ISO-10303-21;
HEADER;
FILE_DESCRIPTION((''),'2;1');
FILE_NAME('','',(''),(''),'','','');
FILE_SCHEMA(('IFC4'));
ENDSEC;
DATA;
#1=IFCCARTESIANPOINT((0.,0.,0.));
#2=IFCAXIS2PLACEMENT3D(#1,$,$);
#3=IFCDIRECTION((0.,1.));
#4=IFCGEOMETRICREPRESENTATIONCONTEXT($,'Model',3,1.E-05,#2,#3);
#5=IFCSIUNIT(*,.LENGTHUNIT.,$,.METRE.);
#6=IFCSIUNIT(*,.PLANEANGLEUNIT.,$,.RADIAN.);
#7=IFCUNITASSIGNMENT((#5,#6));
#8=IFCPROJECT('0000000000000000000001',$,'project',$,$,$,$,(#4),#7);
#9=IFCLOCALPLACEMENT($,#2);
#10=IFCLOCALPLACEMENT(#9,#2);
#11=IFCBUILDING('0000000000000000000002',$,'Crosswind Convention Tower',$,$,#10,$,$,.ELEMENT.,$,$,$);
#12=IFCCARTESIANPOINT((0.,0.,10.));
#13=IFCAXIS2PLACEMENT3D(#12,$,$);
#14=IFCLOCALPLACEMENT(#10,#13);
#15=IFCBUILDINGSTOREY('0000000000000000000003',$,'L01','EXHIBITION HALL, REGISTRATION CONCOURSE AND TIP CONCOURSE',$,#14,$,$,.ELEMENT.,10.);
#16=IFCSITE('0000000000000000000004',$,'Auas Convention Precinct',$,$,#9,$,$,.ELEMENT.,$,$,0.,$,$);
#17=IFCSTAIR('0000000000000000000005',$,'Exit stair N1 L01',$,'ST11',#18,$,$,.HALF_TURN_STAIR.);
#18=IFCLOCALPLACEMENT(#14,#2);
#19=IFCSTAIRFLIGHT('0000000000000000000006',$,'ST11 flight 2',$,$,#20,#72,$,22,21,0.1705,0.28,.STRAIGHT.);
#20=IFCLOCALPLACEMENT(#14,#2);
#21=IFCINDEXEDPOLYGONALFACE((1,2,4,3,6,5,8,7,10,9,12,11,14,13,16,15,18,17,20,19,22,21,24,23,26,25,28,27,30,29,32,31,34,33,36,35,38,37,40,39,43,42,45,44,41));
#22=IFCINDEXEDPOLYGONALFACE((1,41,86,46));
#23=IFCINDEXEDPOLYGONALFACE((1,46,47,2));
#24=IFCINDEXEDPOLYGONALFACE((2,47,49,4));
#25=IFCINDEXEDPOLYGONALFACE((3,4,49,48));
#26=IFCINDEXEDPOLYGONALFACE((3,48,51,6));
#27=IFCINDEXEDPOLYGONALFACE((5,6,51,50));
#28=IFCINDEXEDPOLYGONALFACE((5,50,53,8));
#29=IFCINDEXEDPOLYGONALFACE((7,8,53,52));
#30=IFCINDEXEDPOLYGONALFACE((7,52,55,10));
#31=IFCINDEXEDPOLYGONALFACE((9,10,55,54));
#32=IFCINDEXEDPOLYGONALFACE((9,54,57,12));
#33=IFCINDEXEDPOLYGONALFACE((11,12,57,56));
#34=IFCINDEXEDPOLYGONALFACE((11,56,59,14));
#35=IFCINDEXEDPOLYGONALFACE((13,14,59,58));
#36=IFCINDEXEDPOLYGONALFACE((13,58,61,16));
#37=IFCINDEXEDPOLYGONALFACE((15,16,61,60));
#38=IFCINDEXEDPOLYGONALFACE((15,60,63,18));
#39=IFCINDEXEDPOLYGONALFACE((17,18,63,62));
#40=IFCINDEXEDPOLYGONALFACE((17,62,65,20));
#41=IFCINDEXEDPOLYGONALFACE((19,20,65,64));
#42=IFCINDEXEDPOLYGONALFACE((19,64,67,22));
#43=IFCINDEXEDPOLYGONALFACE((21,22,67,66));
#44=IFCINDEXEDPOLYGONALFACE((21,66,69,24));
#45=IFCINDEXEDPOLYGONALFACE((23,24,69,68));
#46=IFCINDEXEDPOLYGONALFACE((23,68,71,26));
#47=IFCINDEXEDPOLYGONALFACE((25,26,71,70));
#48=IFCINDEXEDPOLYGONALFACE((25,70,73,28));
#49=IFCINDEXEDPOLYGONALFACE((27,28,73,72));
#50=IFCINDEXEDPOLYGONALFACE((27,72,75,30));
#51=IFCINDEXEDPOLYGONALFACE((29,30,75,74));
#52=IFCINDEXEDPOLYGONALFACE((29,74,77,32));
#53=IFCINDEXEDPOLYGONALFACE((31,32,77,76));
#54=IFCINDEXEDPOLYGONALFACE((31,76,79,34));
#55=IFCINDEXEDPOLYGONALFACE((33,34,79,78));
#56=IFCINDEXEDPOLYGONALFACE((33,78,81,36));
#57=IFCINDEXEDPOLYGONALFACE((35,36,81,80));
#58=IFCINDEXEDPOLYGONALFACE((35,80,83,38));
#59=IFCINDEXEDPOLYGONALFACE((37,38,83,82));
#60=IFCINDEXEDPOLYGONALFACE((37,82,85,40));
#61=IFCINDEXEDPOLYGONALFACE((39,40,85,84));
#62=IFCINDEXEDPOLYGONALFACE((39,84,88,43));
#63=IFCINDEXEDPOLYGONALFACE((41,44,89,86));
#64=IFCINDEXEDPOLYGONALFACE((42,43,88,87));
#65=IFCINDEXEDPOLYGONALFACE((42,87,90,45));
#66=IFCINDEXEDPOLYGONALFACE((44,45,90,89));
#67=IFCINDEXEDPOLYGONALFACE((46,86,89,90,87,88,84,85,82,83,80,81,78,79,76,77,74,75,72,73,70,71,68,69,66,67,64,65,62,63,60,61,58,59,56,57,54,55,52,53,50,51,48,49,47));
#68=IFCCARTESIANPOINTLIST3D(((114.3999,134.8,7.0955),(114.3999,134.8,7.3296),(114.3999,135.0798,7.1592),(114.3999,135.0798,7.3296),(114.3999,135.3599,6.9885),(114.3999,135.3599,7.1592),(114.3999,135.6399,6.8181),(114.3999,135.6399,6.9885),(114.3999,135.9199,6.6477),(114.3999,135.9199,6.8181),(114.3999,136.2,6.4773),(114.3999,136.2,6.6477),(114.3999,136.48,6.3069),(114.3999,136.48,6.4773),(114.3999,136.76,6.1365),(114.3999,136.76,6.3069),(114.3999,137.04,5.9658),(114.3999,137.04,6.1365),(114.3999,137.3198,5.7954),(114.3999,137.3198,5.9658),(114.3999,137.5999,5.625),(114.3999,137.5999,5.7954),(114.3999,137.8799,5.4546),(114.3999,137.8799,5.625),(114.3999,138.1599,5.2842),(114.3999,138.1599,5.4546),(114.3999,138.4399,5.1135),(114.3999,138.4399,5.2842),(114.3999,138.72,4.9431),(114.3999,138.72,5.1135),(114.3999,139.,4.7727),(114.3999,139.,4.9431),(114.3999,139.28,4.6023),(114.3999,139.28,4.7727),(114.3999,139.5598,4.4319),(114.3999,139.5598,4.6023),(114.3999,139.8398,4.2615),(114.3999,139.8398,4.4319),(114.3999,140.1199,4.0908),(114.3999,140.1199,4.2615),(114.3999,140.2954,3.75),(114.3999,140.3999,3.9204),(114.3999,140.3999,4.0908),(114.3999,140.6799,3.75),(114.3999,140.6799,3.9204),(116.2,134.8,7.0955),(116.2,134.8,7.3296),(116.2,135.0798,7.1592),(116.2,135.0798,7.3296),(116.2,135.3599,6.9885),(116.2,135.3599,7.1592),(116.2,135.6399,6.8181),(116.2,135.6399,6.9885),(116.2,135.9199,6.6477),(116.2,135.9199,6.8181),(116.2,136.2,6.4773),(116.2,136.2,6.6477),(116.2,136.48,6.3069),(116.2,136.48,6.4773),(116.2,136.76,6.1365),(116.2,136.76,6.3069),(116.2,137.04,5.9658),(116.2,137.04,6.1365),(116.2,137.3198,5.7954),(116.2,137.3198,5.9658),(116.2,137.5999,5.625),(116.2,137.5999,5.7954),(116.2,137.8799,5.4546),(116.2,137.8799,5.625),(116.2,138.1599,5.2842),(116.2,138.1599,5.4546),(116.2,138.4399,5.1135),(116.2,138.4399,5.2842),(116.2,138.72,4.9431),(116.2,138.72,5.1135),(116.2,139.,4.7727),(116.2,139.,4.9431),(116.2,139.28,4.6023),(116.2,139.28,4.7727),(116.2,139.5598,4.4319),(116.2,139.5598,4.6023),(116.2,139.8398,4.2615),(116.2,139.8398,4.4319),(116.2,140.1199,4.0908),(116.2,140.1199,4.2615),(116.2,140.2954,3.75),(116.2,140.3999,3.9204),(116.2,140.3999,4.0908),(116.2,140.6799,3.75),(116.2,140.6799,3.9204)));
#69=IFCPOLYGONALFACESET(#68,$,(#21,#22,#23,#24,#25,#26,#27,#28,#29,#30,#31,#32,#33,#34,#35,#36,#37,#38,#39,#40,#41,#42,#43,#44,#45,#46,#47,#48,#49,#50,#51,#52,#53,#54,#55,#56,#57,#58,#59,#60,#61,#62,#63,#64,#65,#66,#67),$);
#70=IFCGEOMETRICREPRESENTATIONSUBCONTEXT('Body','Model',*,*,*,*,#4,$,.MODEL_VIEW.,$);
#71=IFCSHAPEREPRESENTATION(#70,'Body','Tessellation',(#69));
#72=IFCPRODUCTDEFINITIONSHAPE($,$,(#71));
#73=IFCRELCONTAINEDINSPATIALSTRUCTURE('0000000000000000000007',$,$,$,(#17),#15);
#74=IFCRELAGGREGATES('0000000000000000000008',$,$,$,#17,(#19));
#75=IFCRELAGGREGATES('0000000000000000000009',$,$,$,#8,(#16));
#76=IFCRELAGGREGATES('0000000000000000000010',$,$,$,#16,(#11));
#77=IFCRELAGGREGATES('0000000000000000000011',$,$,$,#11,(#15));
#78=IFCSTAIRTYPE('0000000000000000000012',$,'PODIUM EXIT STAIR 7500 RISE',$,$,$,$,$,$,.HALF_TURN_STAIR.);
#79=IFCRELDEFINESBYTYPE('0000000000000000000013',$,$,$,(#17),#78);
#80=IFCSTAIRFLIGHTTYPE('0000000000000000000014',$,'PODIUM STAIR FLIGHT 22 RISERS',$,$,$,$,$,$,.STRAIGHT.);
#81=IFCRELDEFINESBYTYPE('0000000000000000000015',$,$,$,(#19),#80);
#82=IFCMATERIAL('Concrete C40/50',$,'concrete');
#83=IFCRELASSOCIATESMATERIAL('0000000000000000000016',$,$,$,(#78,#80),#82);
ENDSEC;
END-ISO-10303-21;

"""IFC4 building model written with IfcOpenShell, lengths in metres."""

from ifc_helpers import new_model, si_unit, direction, frame, origin, place, context, subcontext, project, spatial, polyline, outline, extrude, material, type_object, element, aggregate, save


model = new_model("IFC4")

# Units and contexts
model_context = context("Model", 3, precision=1e-05, world=origin(), true_north=direction((0.0, 1.0)))
body_context = subcontext(model_context, "Body", "Model", "MODEL_VIEW")
ifc_project = project(units=[si_unit("LENGTHUNIT", "METRE"), si_unit("PLANEANGLEUNIT", "RADIAN")], contexts=[model_context])

# Site, building, storey
site_placement = place(None, origin())
site = spatial("IfcSite", under=ifc_project, at=site_placement, Name="Auas Convention Precinct", CompositionType="ELEMENT", RefElevation=0.0)
building_placement = place(site_placement, origin())
building = spatial("IfcBuilding", under=site, at=building_placement, Name="Crosswind Convention Tower", CompositionType="ELEMENT")
storey_placement = place(building_placement, frame((0.0, 0.0, 10.0)))
storey = spatial("IfcBuildingStorey", under=building, at=storey_placement, Name="L01", Description="EXHIBITION HALL, REGISTRATION CONCOURSE AND TIP CONCOURSE", CompositionType="ELEMENT", Elevation=10.0)

# Shared definitions
ifc_material_1 = material(Name="Concrete C40/50", Category="concrete")

# Stair, stair flight
stair_type = type_object("IfcStairType", Name="PODIUM EXIT STAIR 7500 RISE", PredefinedType="HALF_TURN_STAIR", material=ifc_material_1)
stair_placement = place(storey_placement, origin())
stair = element("IfcStair", 1, at=stair_placement, inside=storey, type_object=stair_type, Name="Exit stair N1 L01", ObjectType="ST11", PredefinedType="HALF_TURN_STAIR")
stair_flight_type = type_object("IfcStairFlightType", Name="PODIUM STAIR FLIGHT 22 RISERS", PredefinedType="STRAIGHT", material=ifc_material_1)
stair_flight_1_placement = place(storey_placement, frame((115.3, 140.6799, 3.75), z_axis=(0.0, 0.0, 1.0), x_axis=(0.0, -1.0, 0.0)))
stair_flight_1 = element("IfcStairFlight", 2, at=stair_flight_1_placement, type_object=stair_flight_type, Name="ST11 flight 2", NumberOfRisers=22, NumberOfTreads=21, PredefinedType="STRAIGHT", RiserHeight=0.1705, TreadLength=0.28, context=body_context, shape_type="SweptSolid", body=[
    extrude(outline(polyline([(0.0, 0.0), (0.0, 0.1704), (0.28, 0.1704), (0.28, 0.3408), (0.5601, 0.3408), (0.5601, 0.5115), (0.8401, 0.5115), (0.8401, 0.6819), (1.1201, 0.6819), (1.1201, 0.8523), (1.3999, 0.8523), (1.3999, 1.0227), (1.6799, 1.0227), (1.6799, 1.1931), (1.96, 1.1931), (1.96, 1.3635), (2.24, 1.3635), (2.24, 1.5342), (2.52, 1.5342), (2.52, 1.7046), (2.8, 1.7046), (2.8, 1.875), (3.0801, 1.875), (3.0801, 2.0454), (3.3601, 2.0454), (3.3601, 2.2158), (3.6399, 2.2158), (3.6399, 2.3865), (3.9199, 2.3865), (3.9199, 2.5569), (4.2, 2.5569), (4.2, 2.7273), (4.48, 2.7273), (4.48, 2.8977), (4.76, 2.8977), (4.76, 3.0681), (5.04, 3.0681), (5.04, 3.2385), (5.3201, 3.2385), (5.3201, 3.4092), (5.6001, 3.4092), (5.6001, 3.5796), (5.8799, 3.5796), (5.8799, 3.75), (5.8799, 3.3455), (0.3845, 0.0), (0.0, 0.0)])), frame((0.0, 0.8999, 0.0), z_axis=(0.0, -1.0, 0.0), x_axis=(1.0, 0.0, 0.0)), (0.0, 0.0, 1.0), 1.8),
])
aggregate(stair, [stair_flight_1])

save(model, "model.ifc")
